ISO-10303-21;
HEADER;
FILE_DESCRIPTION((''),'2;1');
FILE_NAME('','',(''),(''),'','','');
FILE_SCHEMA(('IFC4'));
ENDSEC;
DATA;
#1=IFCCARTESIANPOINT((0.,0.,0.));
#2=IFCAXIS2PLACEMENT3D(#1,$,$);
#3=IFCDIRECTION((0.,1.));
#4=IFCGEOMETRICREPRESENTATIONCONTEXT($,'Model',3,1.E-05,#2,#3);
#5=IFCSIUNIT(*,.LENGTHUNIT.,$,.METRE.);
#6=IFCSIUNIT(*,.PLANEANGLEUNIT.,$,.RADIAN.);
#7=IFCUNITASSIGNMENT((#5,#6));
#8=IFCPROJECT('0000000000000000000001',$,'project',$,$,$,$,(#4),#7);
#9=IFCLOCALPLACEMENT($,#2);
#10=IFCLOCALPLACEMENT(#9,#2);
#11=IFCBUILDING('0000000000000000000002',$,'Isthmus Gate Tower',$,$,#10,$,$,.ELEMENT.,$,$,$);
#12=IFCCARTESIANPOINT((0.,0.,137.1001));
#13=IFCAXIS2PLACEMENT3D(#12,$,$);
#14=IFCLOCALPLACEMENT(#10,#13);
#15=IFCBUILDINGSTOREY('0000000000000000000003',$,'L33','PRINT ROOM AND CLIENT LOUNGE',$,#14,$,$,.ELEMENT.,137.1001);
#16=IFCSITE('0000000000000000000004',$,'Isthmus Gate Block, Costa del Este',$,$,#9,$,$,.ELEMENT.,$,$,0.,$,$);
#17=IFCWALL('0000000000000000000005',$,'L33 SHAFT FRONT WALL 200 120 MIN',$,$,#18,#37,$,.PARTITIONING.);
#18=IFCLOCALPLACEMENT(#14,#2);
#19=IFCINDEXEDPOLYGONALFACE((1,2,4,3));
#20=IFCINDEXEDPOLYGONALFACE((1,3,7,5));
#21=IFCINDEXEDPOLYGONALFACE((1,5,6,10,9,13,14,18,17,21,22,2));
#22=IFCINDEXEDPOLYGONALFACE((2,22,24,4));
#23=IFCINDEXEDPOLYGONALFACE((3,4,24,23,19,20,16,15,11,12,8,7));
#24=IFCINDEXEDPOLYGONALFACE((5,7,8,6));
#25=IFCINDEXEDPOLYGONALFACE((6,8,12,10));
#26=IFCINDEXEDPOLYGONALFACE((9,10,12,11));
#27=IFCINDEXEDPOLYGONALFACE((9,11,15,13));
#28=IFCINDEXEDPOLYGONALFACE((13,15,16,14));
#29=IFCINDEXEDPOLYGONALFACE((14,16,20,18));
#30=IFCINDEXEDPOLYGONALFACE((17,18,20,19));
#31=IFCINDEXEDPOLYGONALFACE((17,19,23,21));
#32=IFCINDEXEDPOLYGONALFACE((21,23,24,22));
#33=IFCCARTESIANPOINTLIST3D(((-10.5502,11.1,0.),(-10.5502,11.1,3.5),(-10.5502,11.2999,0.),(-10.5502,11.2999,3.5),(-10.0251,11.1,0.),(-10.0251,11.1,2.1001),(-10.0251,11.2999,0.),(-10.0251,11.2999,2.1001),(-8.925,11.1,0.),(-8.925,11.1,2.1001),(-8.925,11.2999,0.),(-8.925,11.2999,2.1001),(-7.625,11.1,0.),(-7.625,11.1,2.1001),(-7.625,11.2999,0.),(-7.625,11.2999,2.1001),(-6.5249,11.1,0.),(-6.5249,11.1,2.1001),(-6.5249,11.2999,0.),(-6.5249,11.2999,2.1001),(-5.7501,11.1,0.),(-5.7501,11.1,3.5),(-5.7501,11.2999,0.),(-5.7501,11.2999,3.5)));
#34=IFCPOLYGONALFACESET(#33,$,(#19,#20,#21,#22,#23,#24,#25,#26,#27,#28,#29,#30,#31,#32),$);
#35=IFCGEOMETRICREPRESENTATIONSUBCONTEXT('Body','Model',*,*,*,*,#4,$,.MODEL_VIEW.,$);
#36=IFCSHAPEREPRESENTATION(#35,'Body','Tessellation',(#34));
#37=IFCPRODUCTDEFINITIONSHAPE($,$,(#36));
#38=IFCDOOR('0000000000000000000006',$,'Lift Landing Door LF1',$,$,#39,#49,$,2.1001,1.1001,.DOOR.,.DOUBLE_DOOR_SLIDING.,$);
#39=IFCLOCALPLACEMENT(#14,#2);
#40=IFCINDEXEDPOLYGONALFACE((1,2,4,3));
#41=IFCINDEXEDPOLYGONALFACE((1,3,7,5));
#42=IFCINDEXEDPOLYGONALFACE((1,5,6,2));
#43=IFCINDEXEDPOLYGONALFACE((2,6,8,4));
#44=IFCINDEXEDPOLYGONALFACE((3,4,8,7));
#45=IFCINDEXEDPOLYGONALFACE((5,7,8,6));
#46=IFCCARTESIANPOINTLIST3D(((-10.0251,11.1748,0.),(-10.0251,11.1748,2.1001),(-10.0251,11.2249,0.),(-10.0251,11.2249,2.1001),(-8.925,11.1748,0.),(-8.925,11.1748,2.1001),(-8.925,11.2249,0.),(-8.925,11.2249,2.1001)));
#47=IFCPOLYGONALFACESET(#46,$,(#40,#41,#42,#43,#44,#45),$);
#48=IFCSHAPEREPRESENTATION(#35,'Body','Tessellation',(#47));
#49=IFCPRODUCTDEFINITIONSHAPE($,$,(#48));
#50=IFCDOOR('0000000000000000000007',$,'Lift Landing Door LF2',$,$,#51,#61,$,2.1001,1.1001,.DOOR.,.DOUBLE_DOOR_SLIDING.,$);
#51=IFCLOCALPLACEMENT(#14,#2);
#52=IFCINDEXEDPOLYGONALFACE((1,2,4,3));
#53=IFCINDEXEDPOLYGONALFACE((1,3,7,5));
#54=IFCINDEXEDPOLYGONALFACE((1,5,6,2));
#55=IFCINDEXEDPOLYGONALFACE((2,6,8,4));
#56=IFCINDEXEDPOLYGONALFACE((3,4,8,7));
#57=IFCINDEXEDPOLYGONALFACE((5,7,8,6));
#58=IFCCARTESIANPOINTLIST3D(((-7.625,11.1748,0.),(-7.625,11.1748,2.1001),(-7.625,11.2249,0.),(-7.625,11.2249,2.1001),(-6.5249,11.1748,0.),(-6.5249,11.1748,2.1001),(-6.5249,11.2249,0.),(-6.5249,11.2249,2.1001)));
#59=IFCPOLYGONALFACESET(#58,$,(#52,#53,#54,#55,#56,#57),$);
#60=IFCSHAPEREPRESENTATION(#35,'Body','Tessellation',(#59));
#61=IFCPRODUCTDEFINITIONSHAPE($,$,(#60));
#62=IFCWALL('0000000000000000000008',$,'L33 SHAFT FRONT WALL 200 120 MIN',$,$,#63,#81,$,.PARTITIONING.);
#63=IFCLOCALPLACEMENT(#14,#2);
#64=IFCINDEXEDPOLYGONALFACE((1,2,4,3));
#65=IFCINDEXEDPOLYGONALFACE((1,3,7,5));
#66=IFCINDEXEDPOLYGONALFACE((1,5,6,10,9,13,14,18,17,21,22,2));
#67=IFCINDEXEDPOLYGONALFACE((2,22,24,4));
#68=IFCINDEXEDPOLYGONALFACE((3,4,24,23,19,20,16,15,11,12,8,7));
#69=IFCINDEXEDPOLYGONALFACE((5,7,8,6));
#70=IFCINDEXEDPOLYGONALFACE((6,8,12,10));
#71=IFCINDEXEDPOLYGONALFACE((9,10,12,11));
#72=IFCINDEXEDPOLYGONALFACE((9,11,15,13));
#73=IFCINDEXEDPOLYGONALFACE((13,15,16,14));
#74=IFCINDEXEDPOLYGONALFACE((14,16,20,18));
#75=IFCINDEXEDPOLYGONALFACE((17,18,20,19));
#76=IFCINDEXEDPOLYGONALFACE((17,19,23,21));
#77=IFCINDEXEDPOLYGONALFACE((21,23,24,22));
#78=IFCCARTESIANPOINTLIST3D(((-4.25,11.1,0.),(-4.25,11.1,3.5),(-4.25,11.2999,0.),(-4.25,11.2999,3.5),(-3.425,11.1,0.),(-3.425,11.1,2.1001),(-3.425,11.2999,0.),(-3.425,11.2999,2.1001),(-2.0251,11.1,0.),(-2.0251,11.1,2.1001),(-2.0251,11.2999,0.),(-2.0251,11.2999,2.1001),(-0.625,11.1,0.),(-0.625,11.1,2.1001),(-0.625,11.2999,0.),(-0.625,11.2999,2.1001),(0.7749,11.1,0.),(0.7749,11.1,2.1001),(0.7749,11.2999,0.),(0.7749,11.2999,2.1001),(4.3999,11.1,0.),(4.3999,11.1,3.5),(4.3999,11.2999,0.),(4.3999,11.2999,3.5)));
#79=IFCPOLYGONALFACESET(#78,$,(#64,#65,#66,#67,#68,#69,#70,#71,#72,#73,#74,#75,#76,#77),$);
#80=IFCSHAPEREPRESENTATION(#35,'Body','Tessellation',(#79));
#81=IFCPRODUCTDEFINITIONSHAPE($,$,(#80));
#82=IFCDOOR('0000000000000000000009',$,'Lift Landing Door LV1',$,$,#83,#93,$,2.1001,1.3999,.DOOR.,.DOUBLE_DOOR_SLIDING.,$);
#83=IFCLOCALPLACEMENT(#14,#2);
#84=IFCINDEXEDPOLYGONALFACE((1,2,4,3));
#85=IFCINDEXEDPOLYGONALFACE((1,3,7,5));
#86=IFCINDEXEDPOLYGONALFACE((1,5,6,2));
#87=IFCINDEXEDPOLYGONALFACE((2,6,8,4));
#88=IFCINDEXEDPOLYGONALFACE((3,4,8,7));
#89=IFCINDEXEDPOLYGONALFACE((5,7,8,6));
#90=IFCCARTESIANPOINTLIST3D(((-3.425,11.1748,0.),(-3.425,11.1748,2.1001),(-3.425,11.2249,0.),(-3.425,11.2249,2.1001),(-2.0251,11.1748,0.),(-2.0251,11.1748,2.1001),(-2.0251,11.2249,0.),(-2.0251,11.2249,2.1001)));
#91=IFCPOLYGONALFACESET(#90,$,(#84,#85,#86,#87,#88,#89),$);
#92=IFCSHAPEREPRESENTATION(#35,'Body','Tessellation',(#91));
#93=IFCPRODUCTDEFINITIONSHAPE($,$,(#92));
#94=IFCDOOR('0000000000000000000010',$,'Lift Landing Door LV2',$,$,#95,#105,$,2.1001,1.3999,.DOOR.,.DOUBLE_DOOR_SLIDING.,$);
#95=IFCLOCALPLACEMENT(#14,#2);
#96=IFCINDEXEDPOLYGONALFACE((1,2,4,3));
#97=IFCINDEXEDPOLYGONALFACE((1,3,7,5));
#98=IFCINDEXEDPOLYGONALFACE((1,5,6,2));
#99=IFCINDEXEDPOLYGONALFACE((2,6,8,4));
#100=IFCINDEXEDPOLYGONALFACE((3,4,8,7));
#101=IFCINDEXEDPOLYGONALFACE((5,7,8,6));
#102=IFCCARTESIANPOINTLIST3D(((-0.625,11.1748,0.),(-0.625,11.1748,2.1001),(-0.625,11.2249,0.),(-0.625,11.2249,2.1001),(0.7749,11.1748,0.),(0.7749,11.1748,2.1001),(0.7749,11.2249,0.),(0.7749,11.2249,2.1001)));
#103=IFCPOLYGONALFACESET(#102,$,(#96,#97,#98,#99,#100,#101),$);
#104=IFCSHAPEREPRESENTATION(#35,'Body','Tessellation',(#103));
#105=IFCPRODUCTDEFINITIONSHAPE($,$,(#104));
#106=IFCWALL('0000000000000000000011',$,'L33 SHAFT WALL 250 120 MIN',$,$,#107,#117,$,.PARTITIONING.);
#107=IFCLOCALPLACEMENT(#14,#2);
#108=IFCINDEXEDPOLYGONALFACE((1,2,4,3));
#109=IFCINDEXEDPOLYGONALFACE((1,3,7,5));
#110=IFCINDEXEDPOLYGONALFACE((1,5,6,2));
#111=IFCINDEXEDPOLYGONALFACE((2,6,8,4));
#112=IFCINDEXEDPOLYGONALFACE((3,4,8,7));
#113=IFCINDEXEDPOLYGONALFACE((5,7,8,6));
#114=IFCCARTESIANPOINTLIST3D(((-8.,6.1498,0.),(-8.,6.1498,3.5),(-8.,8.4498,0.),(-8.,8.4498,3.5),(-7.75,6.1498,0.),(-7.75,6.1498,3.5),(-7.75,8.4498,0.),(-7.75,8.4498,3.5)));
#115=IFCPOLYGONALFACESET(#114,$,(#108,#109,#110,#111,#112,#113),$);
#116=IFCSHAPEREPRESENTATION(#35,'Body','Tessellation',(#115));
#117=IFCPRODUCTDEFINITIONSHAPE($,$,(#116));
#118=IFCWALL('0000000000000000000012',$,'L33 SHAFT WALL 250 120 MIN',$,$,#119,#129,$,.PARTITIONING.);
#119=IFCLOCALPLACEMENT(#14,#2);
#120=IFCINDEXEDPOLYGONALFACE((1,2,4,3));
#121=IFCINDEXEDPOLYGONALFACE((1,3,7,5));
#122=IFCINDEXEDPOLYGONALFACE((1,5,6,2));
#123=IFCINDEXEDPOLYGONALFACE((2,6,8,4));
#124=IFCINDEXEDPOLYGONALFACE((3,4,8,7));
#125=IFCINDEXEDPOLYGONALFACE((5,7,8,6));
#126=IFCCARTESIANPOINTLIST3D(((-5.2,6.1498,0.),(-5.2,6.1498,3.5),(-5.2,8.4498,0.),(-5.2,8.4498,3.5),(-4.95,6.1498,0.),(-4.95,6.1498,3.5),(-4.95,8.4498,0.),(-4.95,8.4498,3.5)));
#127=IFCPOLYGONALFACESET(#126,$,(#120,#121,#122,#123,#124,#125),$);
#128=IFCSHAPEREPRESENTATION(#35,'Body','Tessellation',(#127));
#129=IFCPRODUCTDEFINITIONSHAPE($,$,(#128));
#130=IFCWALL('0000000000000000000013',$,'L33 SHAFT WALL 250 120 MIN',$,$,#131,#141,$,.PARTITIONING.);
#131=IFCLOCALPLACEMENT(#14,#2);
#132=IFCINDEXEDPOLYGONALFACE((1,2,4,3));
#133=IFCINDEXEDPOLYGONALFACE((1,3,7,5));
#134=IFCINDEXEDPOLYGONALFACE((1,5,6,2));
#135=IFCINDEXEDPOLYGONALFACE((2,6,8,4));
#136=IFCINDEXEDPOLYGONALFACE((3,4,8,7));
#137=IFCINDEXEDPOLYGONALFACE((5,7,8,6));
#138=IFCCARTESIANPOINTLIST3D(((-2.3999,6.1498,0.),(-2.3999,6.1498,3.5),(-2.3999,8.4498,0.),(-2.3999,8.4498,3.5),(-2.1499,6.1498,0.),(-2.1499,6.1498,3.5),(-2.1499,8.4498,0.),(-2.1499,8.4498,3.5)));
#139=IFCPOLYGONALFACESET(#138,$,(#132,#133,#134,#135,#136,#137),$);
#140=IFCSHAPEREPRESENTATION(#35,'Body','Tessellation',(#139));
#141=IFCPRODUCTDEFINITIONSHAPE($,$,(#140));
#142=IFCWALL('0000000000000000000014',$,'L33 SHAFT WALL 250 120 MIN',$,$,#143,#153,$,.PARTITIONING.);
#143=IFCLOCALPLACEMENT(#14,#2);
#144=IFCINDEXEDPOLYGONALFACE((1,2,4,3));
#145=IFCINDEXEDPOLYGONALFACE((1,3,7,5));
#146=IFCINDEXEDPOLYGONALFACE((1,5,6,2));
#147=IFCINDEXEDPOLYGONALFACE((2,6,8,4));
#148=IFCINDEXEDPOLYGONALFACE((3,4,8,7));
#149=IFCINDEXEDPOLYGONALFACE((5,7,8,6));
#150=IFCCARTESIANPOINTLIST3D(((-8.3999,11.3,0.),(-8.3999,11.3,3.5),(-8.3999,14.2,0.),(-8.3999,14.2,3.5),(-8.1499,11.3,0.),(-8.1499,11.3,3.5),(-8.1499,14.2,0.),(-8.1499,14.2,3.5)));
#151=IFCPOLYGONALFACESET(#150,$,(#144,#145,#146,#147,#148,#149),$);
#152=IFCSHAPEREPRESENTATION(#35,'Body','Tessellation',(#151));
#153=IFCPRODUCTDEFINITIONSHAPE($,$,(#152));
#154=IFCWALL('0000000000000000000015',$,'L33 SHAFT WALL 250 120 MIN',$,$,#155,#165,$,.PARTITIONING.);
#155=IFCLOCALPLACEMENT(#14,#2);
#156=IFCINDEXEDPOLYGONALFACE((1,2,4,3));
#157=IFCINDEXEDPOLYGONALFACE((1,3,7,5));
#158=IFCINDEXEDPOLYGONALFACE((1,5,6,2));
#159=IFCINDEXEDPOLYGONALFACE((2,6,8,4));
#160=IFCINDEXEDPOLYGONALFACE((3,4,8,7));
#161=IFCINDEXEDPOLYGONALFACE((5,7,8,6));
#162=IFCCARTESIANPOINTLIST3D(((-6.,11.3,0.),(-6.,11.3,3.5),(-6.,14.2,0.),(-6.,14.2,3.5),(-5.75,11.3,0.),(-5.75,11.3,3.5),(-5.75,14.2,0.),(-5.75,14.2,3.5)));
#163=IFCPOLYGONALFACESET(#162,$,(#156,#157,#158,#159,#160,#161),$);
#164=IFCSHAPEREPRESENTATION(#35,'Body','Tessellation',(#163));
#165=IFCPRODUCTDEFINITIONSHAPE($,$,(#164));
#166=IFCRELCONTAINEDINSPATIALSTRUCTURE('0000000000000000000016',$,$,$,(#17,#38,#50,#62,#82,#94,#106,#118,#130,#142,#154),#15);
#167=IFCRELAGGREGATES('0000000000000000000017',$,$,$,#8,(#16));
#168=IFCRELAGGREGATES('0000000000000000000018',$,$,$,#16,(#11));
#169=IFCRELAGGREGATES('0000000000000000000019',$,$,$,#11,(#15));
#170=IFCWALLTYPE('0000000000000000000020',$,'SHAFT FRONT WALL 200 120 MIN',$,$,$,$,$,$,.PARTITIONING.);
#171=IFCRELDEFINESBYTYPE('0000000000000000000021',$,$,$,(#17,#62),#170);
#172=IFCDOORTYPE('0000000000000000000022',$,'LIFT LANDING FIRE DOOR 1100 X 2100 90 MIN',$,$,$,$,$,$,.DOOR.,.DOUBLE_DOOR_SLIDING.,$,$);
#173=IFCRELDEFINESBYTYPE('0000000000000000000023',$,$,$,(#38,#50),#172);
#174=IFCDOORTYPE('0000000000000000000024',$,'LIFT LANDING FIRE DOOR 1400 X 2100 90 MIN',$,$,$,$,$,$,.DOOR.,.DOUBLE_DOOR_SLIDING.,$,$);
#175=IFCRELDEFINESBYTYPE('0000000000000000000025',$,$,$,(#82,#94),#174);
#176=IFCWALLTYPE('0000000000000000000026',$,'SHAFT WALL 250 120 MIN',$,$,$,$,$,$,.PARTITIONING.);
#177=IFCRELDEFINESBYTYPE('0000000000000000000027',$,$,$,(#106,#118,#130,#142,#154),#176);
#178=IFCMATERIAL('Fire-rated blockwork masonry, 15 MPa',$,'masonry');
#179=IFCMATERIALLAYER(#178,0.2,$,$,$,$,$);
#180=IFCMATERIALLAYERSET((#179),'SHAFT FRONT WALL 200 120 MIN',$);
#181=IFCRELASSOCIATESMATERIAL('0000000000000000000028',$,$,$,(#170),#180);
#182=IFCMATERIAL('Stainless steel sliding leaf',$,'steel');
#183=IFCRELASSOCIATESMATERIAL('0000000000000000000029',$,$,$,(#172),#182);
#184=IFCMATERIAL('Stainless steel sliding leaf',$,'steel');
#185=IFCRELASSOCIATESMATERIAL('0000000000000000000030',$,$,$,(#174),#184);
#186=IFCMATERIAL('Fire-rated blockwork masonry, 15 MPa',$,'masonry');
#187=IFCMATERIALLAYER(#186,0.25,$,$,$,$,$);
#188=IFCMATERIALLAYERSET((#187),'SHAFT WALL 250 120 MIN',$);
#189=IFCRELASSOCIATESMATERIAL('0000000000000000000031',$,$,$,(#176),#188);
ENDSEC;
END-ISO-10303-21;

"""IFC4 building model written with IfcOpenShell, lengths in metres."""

from ifc_helpers import new_model, si_unit, direction, frame, frame_2d, origin, place, context, subcontext, project, spatial, rectangle, extrude, material, layer, layer_set, type_object, element, fill, save


model = new_model("IFC4")

# Units and contexts
model_context = context("Model", 3, precision=1e-05, world=origin(), true_north=direction((0.0, 1.0)))
body_context = subcontext(model_context, "Body", "Model", "MODEL_VIEW")
ifc_project = project(units=[si_unit("LENGTHUNIT", "METRE"), si_unit("PLANEANGLEUNIT", "RADIAN")], contexts=[model_context])

# Site, building, storey
site_placement = place(None, origin())
site = spatial("IfcSite", under=ifc_project, at=site_placement, Name="Isthmus Gate Block, Costa del Este", CompositionType="ELEMENT", RefElevation=0.0)
building_placement = place(site_placement, origin())
building = spatial("IfcBuilding", under=site, at=building_placement, Name="Isthmus Gate Tower", CompositionType="ELEMENT")
storey_placement = place(building_placement, frame((0.0, 0.0, 137.1001)))
storey = spatial("IfcBuildingStorey", under=building, at=storey_placement, Name="L33", Description="PRINT ROOM AND CLIENT LOUNGE", CompositionType="ELEMENT", Elevation=137.1001)

# Walls, openings, doors
ifc_material_1 = material(Name="Fire-rated blockwork masonry, 15 MPa", Category="masonry")
ifc_layer_1 = layer(ifc_material_1, 0.2)
ifc_layer_set_1 = layer_set([ifc_layer_1], Name="SHAFT FRONT WALL 200 120 MIN")
wall_type_1 = type_object("IfcWallType", Name="SHAFT FRONT WALL 200 120 MIN", PredefinedType="PARTITIONING", material=ifc_layer_set_1)
wall_1_placement = place(storey_placement, frame((-10.55, 11.2, 0.0), z_axis=(0.0, 0.0, 1.0), x_axis=(1.0, 0.0, 0.0)))
wall_1 = element("IfcWall", 1, at=wall_1_placement, inside=storey, type_object=wall_type_1, Name="L33 SHAFT FRONT WALL 200 120 MIN", PredefinedType="PARTITIONING", context=body_context, shape_type="SweptSolid", body=[
    extrude(rectangle(XDim=4.8, YDim=0.2, at=frame_2d((2.3999, 0.0))), origin(), (0.0, 0.0, 1.0), 3.5),
])
opening_1_placement = place(wall_1_placement, frame((0.5249, 0.0, 0.0)))
opening_1 = element("IfcOpeningElement", 2, at=opening_1_placement, cuts=wall_1, PredefinedType="OPENING", context=body_context, shape_type="SweptSolid", body=[
    extrude(rectangle(XDim=1.1001, YDim=2.1001, at=frame_2d((0.55, 1.05))), frame((0.0, 0.1099, 0.0), z_axis=(0.0, -1.0, 0.0), x_axis=(1.0, 0.0, 0.0)), (0.0, 0.0, 1.0), 0.22),
])
opening_2_placement = place(wall_1_placement, frame((2.925, 0.0, 0.0)))
opening_2 = element("IfcOpeningElement", 3, at=opening_2_placement, cuts=wall_1, PredefinedType="OPENING", context=body_context, shape_type="SweptSolid", body=[
    extrude(rectangle(XDim=1.1001, YDim=2.1001, at=frame_2d((0.55, 1.05))), frame((0.0, 0.1099, 0.0), z_axis=(0.0, -1.0, 0.0), x_axis=(1.0, 0.0, 0.0)), (0.0, 0.0, 1.0), 0.22),
])
ifc_material_2 = material(Name="Stainless steel sliding leaf", Category="steel")
door_type_1 = type_object("IfcDoorType", Name="LIFT LANDING FIRE DOOR 1100 X 2100 90 MIN", OperationType="DOUBLE_DOOR_SLIDING", PredefinedType="DOOR", material=ifc_material_2)
door_1_placement = place(opening_1_placement, origin())
door_1 = element("IfcDoor", 4, at=door_1_placement, inside=storey, type_object=door_type_1, Name="Lift Landing Door LF1", OperationType="DOUBLE_DOOR_SLIDING", OverallHeight=2.1001, OverallWidth=1.1001, PredefinedType="DOOR", context=body_context, shape_type="SweptSolid", body=[
    extrude(rectangle(XDim=1.1001, YDim=2.1001, at=frame_2d((0.55, 1.05))), frame((0.0, 0.0249, 0.0), z_axis=(0.0, -1.0, 0.0), x_axis=(1.0, 0.0, 0.0)), (0.0, 0.0, 1.0), 0.05),
])
fill(opening_1, door_1)
door_2_placement = place(opening_2_placement, origin())
door_2 = element("IfcDoor", 5, at=door_2_placement, inside=storey, type_object=door_type_1, Name="Lift Landing Door LF2", OperationType="DOUBLE_DOOR_SLIDING", OverallHeight=2.1001, OverallWidth=1.1001, PredefinedType="DOOR", context=body_context, shape_type="SweptSolid", body=[
    extrude(rectangle(XDim=1.1001, YDim=2.1001, at=frame_2d((0.55, 1.05))), frame((0.0, 0.0249, 0.0), z_axis=(0.0, -1.0, 0.0), x_axis=(1.0, 0.0, 0.0)), (0.0, 0.0, 1.0), 0.05),
])
fill(opening_2, door_2)
wall_2_placement = place(storey_placement, frame((-4.25, 11.2, 0.0), z_axis=(0.0, 0.0, 1.0), x_axis=(1.0, 0.0, 0.0)))
wall_2 = element("IfcWall", 6, at=wall_2_placement, inside=storey, type_object=wall_type_1, Name="L33 SHAFT FRONT WALL 200 120 MIN", PredefinedType="PARTITIONING", context=body_context, shape_type="SweptSolid", body=[
    extrude(rectangle(XDim=8.6499, YDim=0.2, at=frame_2d((4.325, 0.0))), origin(), (0.0, 0.0, 1.0), 3.5),
])
opening_3_placement = place(wall_2_placement, frame((0.825, 0.0, 0.0)))
opening_3 = element("IfcOpeningElement", 7, at=opening_3_placement, cuts=wall_2, PredefinedType="OPENING", context=body_context, shape_type="SweptSolid", body=[
    extrude(rectangle(XDim=1.3999, YDim=2.1001, at=frame_2d((0.7, 1.05))), frame((0.0, 0.1099, 0.0), z_axis=(0.0, -1.0, 0.0), x_axis=(1.0, 0.0, 0.0)), (0.0, 0.0, 1.0), 0.22),
])
opening_4_placement = place(wall_2_placement, frame((3.625, 0.0, 0.0)))
opening_4 = element("IfcOpeningElement", 8, at=opening_4_placement, cuts=wall_2, PredefinedType="OPENING", context=body_context, shape_type="SweptSolid", body=[
    extrude(rectangle(XDim=1.3999, YDim=2.1001, at=frame_2d((0.7, 1.05))), frame((0.0, 0.1099, 0.0), z_axis=(0.0, -1.0, 0.0), x_axis=(1.0, 0.0, 0.0)), (0.0, 0.0, 1.0), 0.22),
])
ifc_material_3 = material(Name="Stainless steel sliding leaf", Category="steel")
door_type_2 = type_object("IfcDoorType", Name="LIFT LANDING FIRE DOOR 1400 X 2100 90 MIN", OperationType="DOUBLE_DOOR_SLIDING", PredefinedType="DOOR", material=ifc_material_3)
door_3_placement = place(opening_3_placement, origin())
door_3 = element("IfcDoor", 9, at=door_3_placement, inside=storey, type_object=door_type_2, Name="Lift Landing Door LV1", OperationType="DOUBLE_DOOR_SLIDING", OverallHeight=2.1001, OverallWidth=1.3999, PredefinedType="DOOR", context=body_context, shape_type="SweptSolid", body=[
    extrude(rectangle(XDim=1.3999, YDim=2.1001, at=frame_2d((0.7, 1.05))), frame((0.0, 0.0249, 0.0), z_axis=(0.0, -1.0, 0.0), x_axis=(1.0, 0.0, 0.0)), (0.0, 0.0, 1.0), 0.05),
])
fill(opening_3, door_3)
door_4_placement = place(opening_4_placement, origin())
door_4 = element("IfcDoor", 10, at=door_4_placement, inside=storey, type_object=door_type_2, Name="Lift Landing Door LV2", OperationType="DOUBLE_DOOR_SLIDING", OverallHeight=2.1001, OverallWidth=1.3999, PredefinedType="DOOR", context=body_context, shape_type="SweptSolid", body=[
    extrude(rectangle(XDim=1.3999, YDim=2.1001, at=frame_2d((0.7, 1.05))), frame((0.0, 0.0249, 0.0), z_axis=(0.0, -1.0, 0.0), x_axis=(1.0, 0.0, 0.0)), (0.0, 0.0, 1.0), 0.05),
])
fill(opening_4, door_4)

# Walls
ifc_material_4 = material(Name="Fire-rated blockwork masonry, 15 MPa", Category="masonry")
ifc_layer_2 = layer(ifc_material_4, 0.25)
ifc_layer_set_2 = layer_set([ifc_layer_2], Name="SHAFT WALL 250 120 MIN")
wall_type_2 = type_object("IfcWallType", Name="SHAFT WALL 250 120 MIN", PredefinedType="PARTITIONING", material=ifc_layer_set_2)
for number, where, z_axis, x_axis, name in (
    (11, (-7.875, 6.1499, 0.0), (0.0, 0.0, 1.0), (0.0, 1.0, 0.0), "L33 SHAFT WALL 250 120 MIN"),
    (12, (-5.075, 6.1499, 0.0), (0.0, 0.0, 1.0), (0.0, 1.0, 0.0), "L33 SHAFT WALL 250 120 MIN"),
    (13, (-2.2749, 6.1499, 0.0), (0.0, 0.0, 1.0), (0.0, 1.0, 0.0), "L33 SHAFT WALL 250 120 MIN"),
):
    element("IfcWall", number, at=place(storey_placement, frame(where, z_axis=z_axis, x_axis=x_axis)), inside=storey, type_object=wall_type_2, Name=name, PredefinedType="PARTITIONING", context=body_context, shape_type="SweptSolid", body=[
        extrude(rectangle(XDim=2.3, YDim=0.25, at=frame_2d((1.1499, 0.0))), origin(), (0.0, 0.0, 1.0), 3.5),
    ])
for number, where, z_axis, x_axis, name in (
    (14, (-8.2749, 11.3, 0.0), (0.0, 0.0, 1.0), (0.0, 1.0, 0.0), "L33 SHAFT WALL 250 120 MIN"),
    (15, (-5.875, 11.3, 0.0), (0.0, 0.0, 1.0), (0.0, 1.0, 0.0), "L33 SHAFT WALL 250 120 MIN"),
):
    element("IfcWall", number, at=place(storey_placement, frame(where, z_axis=z_axis, x_axis=x_axis)), inside=storey, type_object=wall_type_2, Name=name, PredefinedType="PARTITIONING", context=body_context, shape_type="SweptSolid", body=[
        extrude(rectangle(XDim=2.8999, YDim=0.25, at=frame_2d((1.45, 0.0))), origin(), (0.0, 0.0, 1.0), 3.5),
    ])

save(model, "model.ifc")
